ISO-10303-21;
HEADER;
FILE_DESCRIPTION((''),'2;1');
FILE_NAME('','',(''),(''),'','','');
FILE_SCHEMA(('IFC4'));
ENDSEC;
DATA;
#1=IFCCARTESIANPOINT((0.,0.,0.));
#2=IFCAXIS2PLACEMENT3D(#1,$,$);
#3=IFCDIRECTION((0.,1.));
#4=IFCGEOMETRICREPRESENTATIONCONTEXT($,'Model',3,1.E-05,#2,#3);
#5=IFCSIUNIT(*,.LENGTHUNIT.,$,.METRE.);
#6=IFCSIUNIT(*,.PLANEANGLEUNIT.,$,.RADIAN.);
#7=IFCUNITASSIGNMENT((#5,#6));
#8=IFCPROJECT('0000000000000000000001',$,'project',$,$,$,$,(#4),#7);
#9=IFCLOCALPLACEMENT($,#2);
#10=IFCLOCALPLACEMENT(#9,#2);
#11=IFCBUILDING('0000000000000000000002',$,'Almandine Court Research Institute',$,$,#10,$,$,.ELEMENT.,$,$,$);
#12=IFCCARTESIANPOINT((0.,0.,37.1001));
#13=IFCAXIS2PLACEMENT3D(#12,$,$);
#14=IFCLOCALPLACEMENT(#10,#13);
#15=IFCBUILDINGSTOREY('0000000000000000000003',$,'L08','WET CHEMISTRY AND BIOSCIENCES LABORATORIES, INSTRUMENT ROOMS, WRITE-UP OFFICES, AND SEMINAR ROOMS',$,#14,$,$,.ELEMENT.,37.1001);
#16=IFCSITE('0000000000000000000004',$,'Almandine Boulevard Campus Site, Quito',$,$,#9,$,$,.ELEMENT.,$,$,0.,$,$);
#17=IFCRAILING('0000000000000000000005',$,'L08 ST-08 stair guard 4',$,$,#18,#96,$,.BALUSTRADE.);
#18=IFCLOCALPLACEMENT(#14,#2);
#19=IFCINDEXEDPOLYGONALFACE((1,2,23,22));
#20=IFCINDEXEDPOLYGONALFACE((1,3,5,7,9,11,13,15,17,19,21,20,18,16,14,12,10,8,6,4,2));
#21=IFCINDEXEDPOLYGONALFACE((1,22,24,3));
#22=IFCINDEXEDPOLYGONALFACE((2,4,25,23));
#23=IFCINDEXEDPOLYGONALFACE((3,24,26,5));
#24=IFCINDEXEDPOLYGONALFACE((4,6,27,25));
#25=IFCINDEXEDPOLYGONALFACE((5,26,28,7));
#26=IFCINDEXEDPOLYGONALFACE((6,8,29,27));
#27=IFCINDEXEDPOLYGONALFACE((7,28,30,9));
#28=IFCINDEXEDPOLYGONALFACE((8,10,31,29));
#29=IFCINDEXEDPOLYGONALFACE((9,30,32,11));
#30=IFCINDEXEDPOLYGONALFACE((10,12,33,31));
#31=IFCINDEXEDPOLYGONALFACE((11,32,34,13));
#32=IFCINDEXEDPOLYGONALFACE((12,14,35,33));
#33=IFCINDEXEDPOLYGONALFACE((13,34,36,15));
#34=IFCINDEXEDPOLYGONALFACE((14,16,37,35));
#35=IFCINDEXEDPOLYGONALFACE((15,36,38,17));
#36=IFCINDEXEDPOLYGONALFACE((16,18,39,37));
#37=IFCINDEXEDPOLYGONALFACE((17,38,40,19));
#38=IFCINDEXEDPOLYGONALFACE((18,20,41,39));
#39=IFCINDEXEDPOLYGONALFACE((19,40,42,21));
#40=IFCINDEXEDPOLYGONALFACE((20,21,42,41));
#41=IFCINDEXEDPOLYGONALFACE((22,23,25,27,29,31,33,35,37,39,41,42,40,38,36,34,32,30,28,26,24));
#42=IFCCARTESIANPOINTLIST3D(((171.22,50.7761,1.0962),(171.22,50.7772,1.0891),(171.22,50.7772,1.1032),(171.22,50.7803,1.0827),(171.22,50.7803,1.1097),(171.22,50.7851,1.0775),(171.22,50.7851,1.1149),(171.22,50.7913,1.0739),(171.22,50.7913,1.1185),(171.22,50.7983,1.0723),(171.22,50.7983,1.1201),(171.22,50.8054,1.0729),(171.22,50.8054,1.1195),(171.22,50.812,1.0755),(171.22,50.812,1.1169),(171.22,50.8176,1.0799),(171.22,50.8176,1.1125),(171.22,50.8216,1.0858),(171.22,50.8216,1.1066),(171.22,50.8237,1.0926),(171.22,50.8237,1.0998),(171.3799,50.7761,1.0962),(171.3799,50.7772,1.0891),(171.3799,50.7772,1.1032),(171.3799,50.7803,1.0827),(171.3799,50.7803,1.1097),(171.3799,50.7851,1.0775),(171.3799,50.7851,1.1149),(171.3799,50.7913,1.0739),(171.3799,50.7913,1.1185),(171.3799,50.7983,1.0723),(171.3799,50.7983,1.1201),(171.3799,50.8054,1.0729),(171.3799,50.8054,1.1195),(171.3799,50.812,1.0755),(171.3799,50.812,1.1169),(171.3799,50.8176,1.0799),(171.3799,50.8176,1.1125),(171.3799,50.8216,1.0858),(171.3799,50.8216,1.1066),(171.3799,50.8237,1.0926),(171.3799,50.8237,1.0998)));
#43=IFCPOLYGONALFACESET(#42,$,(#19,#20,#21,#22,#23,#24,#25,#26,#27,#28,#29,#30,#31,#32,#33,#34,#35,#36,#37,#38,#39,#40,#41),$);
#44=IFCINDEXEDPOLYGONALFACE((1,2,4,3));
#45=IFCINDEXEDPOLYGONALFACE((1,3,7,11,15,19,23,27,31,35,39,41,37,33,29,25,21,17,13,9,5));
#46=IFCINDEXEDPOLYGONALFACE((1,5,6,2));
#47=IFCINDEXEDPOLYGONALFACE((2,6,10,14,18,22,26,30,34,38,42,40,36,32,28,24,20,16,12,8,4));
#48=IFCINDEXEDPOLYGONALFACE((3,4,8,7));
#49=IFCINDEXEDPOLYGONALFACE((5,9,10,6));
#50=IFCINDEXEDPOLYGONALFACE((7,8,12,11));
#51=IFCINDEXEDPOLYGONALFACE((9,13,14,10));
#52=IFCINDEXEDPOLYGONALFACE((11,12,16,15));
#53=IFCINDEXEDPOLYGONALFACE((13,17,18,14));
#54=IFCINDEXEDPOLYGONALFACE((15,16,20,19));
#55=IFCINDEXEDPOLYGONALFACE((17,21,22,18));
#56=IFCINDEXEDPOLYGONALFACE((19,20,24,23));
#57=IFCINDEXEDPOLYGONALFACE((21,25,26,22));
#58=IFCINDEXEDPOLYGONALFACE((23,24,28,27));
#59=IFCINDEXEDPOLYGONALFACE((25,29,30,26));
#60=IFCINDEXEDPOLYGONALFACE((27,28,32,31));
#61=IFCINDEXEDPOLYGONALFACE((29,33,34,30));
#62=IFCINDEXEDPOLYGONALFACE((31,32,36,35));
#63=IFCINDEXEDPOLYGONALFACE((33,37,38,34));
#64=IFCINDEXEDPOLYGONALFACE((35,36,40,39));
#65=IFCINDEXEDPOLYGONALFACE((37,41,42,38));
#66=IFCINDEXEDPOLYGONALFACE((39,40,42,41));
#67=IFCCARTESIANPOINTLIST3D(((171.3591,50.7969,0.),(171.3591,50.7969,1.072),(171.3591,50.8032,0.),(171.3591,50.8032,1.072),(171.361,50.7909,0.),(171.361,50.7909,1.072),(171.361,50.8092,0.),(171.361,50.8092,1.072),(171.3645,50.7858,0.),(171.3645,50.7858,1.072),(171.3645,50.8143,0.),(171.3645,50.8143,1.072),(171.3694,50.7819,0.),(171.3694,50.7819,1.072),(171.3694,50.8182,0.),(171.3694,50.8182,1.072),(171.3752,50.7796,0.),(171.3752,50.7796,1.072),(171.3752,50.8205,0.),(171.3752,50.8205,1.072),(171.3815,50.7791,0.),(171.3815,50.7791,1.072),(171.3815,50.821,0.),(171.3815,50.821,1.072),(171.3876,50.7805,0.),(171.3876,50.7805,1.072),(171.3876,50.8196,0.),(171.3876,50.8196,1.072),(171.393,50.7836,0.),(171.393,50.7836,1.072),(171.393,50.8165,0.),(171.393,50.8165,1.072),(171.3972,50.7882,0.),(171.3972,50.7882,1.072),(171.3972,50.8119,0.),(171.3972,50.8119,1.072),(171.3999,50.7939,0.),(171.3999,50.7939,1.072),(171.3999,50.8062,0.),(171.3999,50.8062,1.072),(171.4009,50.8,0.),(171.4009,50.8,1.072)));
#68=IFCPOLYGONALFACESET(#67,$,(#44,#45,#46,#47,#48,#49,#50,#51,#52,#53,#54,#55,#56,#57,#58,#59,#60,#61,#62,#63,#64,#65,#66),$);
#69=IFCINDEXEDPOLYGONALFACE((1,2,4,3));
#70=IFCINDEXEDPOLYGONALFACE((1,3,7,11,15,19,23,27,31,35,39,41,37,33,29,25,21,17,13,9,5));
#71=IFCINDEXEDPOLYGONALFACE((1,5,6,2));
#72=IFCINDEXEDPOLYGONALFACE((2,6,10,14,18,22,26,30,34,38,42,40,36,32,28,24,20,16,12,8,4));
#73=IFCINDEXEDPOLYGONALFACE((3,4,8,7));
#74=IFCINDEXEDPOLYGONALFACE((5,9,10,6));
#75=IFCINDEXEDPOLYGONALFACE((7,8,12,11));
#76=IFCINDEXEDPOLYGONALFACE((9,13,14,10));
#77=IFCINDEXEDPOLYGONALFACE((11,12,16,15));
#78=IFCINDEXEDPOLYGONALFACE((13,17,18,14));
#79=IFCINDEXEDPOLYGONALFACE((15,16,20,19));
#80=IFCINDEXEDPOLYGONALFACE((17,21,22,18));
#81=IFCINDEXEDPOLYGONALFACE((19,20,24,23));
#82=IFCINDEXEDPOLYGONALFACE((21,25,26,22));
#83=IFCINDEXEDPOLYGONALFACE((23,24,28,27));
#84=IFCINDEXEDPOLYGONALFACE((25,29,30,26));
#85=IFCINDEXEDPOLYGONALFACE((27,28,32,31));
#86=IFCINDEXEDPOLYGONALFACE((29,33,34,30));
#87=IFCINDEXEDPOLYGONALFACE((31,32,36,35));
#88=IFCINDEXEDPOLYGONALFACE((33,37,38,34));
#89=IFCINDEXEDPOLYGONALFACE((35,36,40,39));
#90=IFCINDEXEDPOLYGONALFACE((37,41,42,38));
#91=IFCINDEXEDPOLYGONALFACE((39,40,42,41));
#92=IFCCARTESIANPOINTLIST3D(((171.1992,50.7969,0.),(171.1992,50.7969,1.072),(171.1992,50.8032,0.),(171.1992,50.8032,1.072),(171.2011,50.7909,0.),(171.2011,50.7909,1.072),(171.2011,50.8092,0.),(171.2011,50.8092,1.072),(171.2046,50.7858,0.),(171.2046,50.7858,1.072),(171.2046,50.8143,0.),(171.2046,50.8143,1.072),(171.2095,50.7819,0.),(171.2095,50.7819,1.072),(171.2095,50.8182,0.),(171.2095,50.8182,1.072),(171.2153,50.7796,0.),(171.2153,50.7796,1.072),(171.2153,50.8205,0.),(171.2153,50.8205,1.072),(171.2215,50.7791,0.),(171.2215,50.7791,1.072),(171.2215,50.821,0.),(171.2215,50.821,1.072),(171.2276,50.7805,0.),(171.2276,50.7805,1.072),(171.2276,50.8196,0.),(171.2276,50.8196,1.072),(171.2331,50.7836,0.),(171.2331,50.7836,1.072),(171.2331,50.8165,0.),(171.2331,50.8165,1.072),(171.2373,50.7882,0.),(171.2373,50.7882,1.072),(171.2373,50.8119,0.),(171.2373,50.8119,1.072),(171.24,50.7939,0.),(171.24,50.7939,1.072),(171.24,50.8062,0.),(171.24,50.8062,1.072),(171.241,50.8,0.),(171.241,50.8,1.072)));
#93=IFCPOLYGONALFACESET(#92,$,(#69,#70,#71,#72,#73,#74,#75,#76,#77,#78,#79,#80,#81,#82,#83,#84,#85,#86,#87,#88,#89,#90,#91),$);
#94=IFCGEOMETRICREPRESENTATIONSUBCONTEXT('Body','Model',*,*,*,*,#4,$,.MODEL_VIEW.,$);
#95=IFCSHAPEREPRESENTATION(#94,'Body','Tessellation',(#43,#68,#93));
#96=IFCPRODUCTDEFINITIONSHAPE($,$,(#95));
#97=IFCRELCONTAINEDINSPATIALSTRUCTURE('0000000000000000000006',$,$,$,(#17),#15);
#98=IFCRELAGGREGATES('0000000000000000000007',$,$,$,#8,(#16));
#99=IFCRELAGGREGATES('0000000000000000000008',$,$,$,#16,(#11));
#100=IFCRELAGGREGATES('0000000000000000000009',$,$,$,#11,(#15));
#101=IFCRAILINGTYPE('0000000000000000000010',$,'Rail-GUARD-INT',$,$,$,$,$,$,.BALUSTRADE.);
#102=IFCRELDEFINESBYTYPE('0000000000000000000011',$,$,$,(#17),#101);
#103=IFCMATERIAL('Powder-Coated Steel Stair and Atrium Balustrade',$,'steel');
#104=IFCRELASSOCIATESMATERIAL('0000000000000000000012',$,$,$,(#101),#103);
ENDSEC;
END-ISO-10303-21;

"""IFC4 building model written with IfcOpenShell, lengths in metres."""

from ifc_helpers import new_model, si_unit, direction, frame, origin, origin_2d, place, context, subcontext, project, spatial, circle, extrude, material, type_object, element, save


model = new_model("IFC4")

# Units and contexts
model_context = context("Model", 3, precision=1e-05, world=origin(), true_north=direction((0.0, 1.0)))
body_context = subcontext(model_context, "Body", "Model", "MODEL_VIEW")
ifc_project = project(units=[si_unit("LENGTHUNIT", "METRE"), si_unit("PLANEANGLEUNIT", "RADIAN")], contexts=[model_context])

# Site, building, storey
site_placement = place(None, origin())
site = spatial("IfcSite", under=ifc_project, at=site_placement, Name="Almandine Boulevard Campus Site, Quito", CompositionType="ELEMENT", RefElevation=0.0)
building_placement = place(site_placement, origin())
building = spatial("IfcBuilding", under=site, at=building_placement, Name="Almandine Court Research Institute", CompositionType="ELEMENT")
storey_placement = place(building_placement, frame((0.0, 0.0, 37.1001)))
storey = spatial("IfcBuildingStorey", under=building, at=storey_placement, Name="L08", Description="WET CHEMISTRY AND BIOSCIENCES LABORATORIES, INSTRUMENT ROOMS, WRITE-UP OFFICES, AND SEMINAR ROOMS", CompositionType="ELEMENT", Elevation=37.1001)

# Railing
ifc_material_1 = material(Name="Powder-Coated Steel Stair and Atrium Balustrade", Category="steel")
railing_type_1 = type_object("IfcRailingType", Name="Rail-GUARD-INT", PredefinedType="BALUSTRADE", material=ifc_material_1)
railing_1_placement = place(storey_placement, frame((171.3799, 50.8, 0.0)))
element("IfcRailing", 1, at=railing_1_placement, inside=storey, type_object=railing_type_1, Name="L08 ST-08 stair guard 4", PredefinedType="BALUSTRADE", context=body_context, shape_type="SweptSolid", body=[
    extrude(circle(Radius=0.0239, at=origin_2d()), frame((0.0, 0.0, 1.0962), z_axis=(-1.0, 0.0, 0.0), x_axis=(0.0, -1.0, 0.0)), (0.0, 0.0, 1.0), 0.1599),
    extrude(circle(Radius=0.021, at=origin_2d()), origin(), (0.0, 0.0, 1.0), 1.072),
    extrude(circle(Radius=0.021, at=origin_2d()), frame((-0.1599, 0.0, 0.0)), (0.0, 0.0, 1.0), 1.072),
])

save(model, "model.ifc")
